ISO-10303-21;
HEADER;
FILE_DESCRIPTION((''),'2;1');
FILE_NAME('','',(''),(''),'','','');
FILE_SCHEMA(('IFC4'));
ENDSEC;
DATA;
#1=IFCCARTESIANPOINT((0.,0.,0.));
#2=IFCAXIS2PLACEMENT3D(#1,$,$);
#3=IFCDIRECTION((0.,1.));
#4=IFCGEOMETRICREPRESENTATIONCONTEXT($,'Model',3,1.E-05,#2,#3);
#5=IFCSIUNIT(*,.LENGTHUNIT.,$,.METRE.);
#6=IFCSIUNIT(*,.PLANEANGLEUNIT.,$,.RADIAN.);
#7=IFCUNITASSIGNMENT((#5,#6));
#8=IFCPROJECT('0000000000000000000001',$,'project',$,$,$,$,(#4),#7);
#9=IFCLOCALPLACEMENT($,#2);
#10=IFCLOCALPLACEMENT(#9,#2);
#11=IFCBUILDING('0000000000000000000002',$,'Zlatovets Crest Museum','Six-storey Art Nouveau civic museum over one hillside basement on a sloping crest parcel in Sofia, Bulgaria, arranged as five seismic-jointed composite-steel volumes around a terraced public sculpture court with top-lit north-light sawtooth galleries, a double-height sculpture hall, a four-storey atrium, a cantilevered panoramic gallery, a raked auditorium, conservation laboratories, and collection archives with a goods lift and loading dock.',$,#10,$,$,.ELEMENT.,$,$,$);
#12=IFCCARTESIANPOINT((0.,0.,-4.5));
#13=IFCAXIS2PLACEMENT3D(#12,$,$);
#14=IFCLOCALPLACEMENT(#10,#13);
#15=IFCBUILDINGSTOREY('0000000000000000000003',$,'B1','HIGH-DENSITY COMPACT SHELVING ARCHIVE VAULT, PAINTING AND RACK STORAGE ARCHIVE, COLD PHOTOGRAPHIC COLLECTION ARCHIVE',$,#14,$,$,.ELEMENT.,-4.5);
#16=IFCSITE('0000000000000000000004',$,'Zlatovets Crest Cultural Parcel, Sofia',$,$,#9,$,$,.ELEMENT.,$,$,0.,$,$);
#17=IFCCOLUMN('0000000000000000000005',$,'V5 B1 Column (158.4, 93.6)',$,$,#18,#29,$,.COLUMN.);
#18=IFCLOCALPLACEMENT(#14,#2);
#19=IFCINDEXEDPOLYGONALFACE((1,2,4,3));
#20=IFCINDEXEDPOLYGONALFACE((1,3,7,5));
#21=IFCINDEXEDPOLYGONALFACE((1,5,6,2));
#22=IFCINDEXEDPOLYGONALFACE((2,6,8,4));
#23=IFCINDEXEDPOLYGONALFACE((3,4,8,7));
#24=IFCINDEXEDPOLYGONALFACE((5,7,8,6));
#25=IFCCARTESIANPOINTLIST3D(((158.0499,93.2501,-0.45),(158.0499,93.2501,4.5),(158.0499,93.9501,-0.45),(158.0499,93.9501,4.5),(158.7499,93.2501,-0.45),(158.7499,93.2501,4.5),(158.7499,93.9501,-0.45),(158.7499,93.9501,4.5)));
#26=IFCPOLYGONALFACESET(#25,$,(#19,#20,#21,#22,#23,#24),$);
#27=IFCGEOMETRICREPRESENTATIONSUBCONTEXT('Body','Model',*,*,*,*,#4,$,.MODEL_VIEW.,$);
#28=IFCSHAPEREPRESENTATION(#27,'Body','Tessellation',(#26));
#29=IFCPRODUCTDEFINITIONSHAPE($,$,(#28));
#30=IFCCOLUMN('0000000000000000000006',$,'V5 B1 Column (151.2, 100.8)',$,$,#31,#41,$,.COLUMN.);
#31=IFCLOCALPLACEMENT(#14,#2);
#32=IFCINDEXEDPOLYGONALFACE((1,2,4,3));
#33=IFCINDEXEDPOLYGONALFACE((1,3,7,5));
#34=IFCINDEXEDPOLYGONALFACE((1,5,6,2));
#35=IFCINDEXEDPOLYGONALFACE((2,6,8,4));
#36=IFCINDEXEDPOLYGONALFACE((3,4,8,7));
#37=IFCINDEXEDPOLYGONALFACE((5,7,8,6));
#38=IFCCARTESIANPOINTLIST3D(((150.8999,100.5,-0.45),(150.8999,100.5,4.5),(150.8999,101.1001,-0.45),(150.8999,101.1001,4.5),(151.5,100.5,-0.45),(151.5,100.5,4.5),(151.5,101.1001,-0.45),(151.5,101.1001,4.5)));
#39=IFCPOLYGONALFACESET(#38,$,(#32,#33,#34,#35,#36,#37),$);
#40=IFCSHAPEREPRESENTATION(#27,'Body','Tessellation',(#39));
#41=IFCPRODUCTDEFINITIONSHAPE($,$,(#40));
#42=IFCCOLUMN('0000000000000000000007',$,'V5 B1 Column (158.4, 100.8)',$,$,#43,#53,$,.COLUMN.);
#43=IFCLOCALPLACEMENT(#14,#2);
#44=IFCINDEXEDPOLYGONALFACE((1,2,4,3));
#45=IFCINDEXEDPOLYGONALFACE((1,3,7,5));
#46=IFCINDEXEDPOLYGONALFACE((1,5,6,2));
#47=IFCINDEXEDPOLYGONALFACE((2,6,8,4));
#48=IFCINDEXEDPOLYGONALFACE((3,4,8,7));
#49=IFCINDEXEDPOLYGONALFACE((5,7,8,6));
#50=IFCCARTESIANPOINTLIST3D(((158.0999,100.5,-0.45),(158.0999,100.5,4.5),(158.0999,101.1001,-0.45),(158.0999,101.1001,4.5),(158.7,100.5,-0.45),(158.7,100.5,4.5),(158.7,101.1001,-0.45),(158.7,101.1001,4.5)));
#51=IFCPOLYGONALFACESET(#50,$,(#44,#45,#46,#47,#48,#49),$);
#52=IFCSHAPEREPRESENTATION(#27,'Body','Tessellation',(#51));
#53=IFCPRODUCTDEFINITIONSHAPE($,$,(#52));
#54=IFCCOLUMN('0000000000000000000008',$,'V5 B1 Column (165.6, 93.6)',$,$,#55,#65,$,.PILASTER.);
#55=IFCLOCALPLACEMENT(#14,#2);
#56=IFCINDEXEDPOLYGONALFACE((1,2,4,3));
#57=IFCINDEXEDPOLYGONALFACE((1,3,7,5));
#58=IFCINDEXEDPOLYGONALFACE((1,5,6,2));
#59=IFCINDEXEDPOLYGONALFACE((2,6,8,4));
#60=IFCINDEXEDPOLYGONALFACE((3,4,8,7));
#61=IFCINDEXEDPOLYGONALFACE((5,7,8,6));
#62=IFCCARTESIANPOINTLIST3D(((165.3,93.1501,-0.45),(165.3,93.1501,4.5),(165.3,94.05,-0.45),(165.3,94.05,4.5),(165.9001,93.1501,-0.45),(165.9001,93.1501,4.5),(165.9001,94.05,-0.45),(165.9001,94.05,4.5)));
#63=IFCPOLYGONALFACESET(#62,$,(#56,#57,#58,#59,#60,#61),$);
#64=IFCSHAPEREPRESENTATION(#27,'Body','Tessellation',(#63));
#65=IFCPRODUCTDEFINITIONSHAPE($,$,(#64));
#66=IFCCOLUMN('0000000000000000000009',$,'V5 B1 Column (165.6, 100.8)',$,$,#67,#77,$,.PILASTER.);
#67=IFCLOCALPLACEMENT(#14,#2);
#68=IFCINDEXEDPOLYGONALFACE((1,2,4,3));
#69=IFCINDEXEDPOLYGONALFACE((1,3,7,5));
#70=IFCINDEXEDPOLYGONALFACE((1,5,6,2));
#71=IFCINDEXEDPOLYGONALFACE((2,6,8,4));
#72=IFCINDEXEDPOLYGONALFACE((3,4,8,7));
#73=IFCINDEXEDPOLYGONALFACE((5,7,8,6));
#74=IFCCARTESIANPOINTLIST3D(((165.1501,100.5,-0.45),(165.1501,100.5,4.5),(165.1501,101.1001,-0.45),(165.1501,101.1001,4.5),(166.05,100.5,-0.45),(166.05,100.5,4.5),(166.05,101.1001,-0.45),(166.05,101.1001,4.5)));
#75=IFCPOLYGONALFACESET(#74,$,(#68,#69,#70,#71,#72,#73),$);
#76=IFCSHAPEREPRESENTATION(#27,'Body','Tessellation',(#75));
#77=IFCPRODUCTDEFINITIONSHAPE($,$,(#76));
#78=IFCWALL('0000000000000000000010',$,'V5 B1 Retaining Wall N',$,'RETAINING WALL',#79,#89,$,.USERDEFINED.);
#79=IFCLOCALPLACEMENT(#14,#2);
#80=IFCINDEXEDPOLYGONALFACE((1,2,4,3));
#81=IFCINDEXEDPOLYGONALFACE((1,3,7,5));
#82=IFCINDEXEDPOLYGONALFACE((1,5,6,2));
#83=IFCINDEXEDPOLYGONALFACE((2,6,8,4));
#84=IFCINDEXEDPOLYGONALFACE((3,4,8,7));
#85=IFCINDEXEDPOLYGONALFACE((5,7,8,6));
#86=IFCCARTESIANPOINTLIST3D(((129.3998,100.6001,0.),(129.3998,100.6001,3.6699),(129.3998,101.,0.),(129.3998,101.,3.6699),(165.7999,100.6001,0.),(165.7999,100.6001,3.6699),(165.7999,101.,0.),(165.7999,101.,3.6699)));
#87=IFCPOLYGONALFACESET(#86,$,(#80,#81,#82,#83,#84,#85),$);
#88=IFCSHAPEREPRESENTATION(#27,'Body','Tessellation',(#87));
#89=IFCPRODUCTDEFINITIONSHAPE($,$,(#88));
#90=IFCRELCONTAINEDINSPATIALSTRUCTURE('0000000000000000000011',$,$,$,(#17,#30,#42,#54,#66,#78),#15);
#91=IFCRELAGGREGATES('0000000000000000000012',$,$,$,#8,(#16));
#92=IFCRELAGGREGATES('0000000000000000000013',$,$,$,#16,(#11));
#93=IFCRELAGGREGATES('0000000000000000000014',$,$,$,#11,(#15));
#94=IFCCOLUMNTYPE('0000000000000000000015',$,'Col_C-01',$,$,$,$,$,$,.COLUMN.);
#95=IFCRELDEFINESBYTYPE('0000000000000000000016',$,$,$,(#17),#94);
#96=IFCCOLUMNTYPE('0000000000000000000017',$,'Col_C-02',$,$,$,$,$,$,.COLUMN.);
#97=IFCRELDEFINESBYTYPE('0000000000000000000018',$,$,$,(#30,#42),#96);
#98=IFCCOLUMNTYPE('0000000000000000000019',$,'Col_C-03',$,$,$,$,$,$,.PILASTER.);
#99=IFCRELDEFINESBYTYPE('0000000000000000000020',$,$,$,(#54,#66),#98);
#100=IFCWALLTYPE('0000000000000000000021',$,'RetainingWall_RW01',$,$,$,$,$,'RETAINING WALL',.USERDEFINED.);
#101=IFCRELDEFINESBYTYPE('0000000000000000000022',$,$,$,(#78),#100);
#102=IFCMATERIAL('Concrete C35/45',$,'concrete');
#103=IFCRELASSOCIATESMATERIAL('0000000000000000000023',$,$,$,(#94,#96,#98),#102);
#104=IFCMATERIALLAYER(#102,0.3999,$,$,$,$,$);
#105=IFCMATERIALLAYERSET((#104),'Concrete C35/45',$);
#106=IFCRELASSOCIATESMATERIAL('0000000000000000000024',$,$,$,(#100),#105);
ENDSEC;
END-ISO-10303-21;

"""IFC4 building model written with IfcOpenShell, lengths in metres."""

from ifc_helpers import new_model, si_unit, direction, frame, frame_2d, origin, origin_2d, place, context, subcontext, project, spatial, rectangle, extrude, material, layer, layer_set, material_profile, profile_set, type_object, element, save


model = new_model("IFC4")

# Units and contexts
model_context = context("Model", 3, precision=1e-05, world=origin(), true_north=direction((0.0, 1.0)))
body_context = subcontext(model_context, "Body", "Model", "MODEL_VIEW")
ifc_project = project(units=[si_unit("LENGTHUNIT", "METRE"), si_unit("PLANEANGLEUNIT", "RADIAN")], contexts=[model_context])

# Site, building, storey
site_placement = place(None, origin())
site = spatial("IfcSite", under=ifc_project, at=site_placement, Name="Zlatovets Crest Cultural Parcel, Sofia", CompositionType="ELEMENT", RefElevation=0.0)
building_placement = place(site_placement, origin())
building = spatial("IfcBuilding", under=site, at=building_placement, Name="Zlatovets Crest Museum", Description="Six-storey Art Nouveau civic museum over one hillside basement on a sloping crest parcel in Sofia, Bulgaria, arranged as five seismic-jointed composite-steel volumes around a terraced public sculpture court with top-lit north-light sawtooth galleries, a double-height sculpture hall, a four-storey atrium, a cantilevered panoramic gallery, a raked auditorium, conservation laboratories, and collection archives with a goods lift and loading dock.", CompositionType="ELEMENT")
storey_placement = place(building_placement, frame((0.0, 0.0, -4.5)))
storey = spatial("IfcBuildingStorey", under=building, at=storey_placement, Name="B1", Description="HIGH-DENSITY COMPACT SHELVING ARCHIVE VAULT, PAINTING AND RACK STORAGE ARCHIVE, COLD PHOTOGRAPHIC COLLECTION ARCHIVE", CompositionType="ELEMENT", Elevation=-4.5)

# Shared definitions
ifc_material = material(Name="Concrete C35/45", Category="concrete")

# Columns
ifc_material_profile_1 = material_profile(ifc_material, rectangle(XDim=0.7, YDim=0.7, at=origin_2d()), Name="RC 700x700")
ifc_profile_set_1 = profile_set([ifc_material_profile_1], Name="Concrete C35/45")
column_type_1 = type_object("IfcColumnType", Name="Col_C-01", PredefinedType="COLUMN", material=ifc_profile_set_1)
column_placement = place(storey_placement, frame((158.3999, 93.6001, -0.45), z_axis=(0.0, 0.0, 1.0), x_axis=(0.0, 1.0, 0.0)))
element("IfcColumn", 1, at=column_placement, inside=storey, type_object=column_type_1, Name="V5 B1 Column (158.4, 93.6)", PredefinedType="COLUMN", context=body_context, shape_type="SweptSolid", body=[
    extrude(rectangle(XDim=0.7, YDim=0.7, at=origin_2d()), origin(), (0.0, 0.0, 1.0), 4.95),
])
ifc_material_profile_2 = material_profile(ifc_material, rectangle(XDim=0.6001, YDim=0.6001, at=origin_2d()), Name="RC 600x600")
ifc_profile_set_2 = profile_set([ifc_material_profile_2], Name="Concrete C35/45")
column_type_2 = type_object("IfcColumnType", Name="Col_C-02", PredefinedType="COLUMN", material=ifc_profile_set_2)
for number, where, z_axis, x_axis, name in (
    (2, (151.2, 100.8, -0.45), (0.0, 0.0, 1.0), (0.0, 1.0, 0.0), "V5 B1 Column (151.2, 100.8)"),
    (3, (158.3999, 100.8, -0.45), (0.0, 0.0, 1.0), (1.0, 0.0, 0.0), "V5 B1 Column (158.4, 100.8)"),
):
    element("IfcColumn", number, at=place(storey_placement, frame(where, z_axis=z_axis, x_axis=x_axis)), inside=storey, type_object=column_type_2, Name=name, PredefinedType="COLUMN", context=body_context, shape_type="SweptSolid", body=[
        extrude(rectangle(XDim=0.6001, YDim=0.6001, at=origin_2d()), origin(), (0.0, 0.0, 1.0), 4.95),
    ])
ifc_material_profile_3 = material_profile(ifc_material, rectangle(XDim=0.6001, YDim=0.8999, at=origin_2d()), Name="RC 600x900")
ifc_profile_set_3 = profile_set([ifc_material_profile_3], Name="Concrete C35/45")
column_type_3 = type_object("IfcColumnType", Name="Col_C-03", PredefinedType="PILASTER", material=ifc_profile_set_3)
for number, where, z_axis, x_axis, name in (
    (4, (165.6001, 93.6001, -0.45), (0.0, 0.0, 1.0), (1.0, 0.0, 0.0), "V5 B1 Column (165.6, 93.6)"),
    (5, (165.6001, 100.8, -0.45), (0.0, 0.0, 1.0), (0.0, 1.0, 0.0), "V5 B1 Column (165.6, 100.8)"),
):
    element("IfcColumn", number, at=place(storey_placement, frame(where, z_axis=z_axis, x_axis=x_axis)), inside=storey, type_object=column_type_3, Name=name, PredefinedType="PILASTER", context=body_context, shape_type="SweptSolid", body=[
        extrude(rectangle(XDim=0.6001, YDim=0.8999, at=origin_2d()), origin(), (0.0, 0.0, 1.0), 4.95),
    ])

# Wall
ifc_layer = layer(ifc_material, 0.3999)
ifc_layer_set = layer_set([ifc_layer], Name="Concrete C35/45")
wall_type = type_object("IfcWallType", Name="RetainingWall_RW01", ElementType="RETAINING WALL", PredefinedType="USERDEFINED", material=ifc_layer_set)
wall_placement = place(storey_placement, frame((165.8, 100.8, 0.0), z_axis=(0.0, 0.0, 1.0), x_axis=(-1.0, 0.0, 0.0)))
element("IfcWall", 6, at=wall_placement, inside=storey, type_object=wall_type, Name="V5 B1 Retaining Wall N", ObjectType="RETAINING WALL", PredefinedType="USERDEFINED", context=body_context, shape_type="SweptSolid", body=[
    extrude(rectangle(XDim=36.4001, YDim=0.3999, at=frame_2d((18.2002, 0.0))), origin(), (0.0, 0.0, 1.0), 3.6699),
])

save(model, "model.ifc")
